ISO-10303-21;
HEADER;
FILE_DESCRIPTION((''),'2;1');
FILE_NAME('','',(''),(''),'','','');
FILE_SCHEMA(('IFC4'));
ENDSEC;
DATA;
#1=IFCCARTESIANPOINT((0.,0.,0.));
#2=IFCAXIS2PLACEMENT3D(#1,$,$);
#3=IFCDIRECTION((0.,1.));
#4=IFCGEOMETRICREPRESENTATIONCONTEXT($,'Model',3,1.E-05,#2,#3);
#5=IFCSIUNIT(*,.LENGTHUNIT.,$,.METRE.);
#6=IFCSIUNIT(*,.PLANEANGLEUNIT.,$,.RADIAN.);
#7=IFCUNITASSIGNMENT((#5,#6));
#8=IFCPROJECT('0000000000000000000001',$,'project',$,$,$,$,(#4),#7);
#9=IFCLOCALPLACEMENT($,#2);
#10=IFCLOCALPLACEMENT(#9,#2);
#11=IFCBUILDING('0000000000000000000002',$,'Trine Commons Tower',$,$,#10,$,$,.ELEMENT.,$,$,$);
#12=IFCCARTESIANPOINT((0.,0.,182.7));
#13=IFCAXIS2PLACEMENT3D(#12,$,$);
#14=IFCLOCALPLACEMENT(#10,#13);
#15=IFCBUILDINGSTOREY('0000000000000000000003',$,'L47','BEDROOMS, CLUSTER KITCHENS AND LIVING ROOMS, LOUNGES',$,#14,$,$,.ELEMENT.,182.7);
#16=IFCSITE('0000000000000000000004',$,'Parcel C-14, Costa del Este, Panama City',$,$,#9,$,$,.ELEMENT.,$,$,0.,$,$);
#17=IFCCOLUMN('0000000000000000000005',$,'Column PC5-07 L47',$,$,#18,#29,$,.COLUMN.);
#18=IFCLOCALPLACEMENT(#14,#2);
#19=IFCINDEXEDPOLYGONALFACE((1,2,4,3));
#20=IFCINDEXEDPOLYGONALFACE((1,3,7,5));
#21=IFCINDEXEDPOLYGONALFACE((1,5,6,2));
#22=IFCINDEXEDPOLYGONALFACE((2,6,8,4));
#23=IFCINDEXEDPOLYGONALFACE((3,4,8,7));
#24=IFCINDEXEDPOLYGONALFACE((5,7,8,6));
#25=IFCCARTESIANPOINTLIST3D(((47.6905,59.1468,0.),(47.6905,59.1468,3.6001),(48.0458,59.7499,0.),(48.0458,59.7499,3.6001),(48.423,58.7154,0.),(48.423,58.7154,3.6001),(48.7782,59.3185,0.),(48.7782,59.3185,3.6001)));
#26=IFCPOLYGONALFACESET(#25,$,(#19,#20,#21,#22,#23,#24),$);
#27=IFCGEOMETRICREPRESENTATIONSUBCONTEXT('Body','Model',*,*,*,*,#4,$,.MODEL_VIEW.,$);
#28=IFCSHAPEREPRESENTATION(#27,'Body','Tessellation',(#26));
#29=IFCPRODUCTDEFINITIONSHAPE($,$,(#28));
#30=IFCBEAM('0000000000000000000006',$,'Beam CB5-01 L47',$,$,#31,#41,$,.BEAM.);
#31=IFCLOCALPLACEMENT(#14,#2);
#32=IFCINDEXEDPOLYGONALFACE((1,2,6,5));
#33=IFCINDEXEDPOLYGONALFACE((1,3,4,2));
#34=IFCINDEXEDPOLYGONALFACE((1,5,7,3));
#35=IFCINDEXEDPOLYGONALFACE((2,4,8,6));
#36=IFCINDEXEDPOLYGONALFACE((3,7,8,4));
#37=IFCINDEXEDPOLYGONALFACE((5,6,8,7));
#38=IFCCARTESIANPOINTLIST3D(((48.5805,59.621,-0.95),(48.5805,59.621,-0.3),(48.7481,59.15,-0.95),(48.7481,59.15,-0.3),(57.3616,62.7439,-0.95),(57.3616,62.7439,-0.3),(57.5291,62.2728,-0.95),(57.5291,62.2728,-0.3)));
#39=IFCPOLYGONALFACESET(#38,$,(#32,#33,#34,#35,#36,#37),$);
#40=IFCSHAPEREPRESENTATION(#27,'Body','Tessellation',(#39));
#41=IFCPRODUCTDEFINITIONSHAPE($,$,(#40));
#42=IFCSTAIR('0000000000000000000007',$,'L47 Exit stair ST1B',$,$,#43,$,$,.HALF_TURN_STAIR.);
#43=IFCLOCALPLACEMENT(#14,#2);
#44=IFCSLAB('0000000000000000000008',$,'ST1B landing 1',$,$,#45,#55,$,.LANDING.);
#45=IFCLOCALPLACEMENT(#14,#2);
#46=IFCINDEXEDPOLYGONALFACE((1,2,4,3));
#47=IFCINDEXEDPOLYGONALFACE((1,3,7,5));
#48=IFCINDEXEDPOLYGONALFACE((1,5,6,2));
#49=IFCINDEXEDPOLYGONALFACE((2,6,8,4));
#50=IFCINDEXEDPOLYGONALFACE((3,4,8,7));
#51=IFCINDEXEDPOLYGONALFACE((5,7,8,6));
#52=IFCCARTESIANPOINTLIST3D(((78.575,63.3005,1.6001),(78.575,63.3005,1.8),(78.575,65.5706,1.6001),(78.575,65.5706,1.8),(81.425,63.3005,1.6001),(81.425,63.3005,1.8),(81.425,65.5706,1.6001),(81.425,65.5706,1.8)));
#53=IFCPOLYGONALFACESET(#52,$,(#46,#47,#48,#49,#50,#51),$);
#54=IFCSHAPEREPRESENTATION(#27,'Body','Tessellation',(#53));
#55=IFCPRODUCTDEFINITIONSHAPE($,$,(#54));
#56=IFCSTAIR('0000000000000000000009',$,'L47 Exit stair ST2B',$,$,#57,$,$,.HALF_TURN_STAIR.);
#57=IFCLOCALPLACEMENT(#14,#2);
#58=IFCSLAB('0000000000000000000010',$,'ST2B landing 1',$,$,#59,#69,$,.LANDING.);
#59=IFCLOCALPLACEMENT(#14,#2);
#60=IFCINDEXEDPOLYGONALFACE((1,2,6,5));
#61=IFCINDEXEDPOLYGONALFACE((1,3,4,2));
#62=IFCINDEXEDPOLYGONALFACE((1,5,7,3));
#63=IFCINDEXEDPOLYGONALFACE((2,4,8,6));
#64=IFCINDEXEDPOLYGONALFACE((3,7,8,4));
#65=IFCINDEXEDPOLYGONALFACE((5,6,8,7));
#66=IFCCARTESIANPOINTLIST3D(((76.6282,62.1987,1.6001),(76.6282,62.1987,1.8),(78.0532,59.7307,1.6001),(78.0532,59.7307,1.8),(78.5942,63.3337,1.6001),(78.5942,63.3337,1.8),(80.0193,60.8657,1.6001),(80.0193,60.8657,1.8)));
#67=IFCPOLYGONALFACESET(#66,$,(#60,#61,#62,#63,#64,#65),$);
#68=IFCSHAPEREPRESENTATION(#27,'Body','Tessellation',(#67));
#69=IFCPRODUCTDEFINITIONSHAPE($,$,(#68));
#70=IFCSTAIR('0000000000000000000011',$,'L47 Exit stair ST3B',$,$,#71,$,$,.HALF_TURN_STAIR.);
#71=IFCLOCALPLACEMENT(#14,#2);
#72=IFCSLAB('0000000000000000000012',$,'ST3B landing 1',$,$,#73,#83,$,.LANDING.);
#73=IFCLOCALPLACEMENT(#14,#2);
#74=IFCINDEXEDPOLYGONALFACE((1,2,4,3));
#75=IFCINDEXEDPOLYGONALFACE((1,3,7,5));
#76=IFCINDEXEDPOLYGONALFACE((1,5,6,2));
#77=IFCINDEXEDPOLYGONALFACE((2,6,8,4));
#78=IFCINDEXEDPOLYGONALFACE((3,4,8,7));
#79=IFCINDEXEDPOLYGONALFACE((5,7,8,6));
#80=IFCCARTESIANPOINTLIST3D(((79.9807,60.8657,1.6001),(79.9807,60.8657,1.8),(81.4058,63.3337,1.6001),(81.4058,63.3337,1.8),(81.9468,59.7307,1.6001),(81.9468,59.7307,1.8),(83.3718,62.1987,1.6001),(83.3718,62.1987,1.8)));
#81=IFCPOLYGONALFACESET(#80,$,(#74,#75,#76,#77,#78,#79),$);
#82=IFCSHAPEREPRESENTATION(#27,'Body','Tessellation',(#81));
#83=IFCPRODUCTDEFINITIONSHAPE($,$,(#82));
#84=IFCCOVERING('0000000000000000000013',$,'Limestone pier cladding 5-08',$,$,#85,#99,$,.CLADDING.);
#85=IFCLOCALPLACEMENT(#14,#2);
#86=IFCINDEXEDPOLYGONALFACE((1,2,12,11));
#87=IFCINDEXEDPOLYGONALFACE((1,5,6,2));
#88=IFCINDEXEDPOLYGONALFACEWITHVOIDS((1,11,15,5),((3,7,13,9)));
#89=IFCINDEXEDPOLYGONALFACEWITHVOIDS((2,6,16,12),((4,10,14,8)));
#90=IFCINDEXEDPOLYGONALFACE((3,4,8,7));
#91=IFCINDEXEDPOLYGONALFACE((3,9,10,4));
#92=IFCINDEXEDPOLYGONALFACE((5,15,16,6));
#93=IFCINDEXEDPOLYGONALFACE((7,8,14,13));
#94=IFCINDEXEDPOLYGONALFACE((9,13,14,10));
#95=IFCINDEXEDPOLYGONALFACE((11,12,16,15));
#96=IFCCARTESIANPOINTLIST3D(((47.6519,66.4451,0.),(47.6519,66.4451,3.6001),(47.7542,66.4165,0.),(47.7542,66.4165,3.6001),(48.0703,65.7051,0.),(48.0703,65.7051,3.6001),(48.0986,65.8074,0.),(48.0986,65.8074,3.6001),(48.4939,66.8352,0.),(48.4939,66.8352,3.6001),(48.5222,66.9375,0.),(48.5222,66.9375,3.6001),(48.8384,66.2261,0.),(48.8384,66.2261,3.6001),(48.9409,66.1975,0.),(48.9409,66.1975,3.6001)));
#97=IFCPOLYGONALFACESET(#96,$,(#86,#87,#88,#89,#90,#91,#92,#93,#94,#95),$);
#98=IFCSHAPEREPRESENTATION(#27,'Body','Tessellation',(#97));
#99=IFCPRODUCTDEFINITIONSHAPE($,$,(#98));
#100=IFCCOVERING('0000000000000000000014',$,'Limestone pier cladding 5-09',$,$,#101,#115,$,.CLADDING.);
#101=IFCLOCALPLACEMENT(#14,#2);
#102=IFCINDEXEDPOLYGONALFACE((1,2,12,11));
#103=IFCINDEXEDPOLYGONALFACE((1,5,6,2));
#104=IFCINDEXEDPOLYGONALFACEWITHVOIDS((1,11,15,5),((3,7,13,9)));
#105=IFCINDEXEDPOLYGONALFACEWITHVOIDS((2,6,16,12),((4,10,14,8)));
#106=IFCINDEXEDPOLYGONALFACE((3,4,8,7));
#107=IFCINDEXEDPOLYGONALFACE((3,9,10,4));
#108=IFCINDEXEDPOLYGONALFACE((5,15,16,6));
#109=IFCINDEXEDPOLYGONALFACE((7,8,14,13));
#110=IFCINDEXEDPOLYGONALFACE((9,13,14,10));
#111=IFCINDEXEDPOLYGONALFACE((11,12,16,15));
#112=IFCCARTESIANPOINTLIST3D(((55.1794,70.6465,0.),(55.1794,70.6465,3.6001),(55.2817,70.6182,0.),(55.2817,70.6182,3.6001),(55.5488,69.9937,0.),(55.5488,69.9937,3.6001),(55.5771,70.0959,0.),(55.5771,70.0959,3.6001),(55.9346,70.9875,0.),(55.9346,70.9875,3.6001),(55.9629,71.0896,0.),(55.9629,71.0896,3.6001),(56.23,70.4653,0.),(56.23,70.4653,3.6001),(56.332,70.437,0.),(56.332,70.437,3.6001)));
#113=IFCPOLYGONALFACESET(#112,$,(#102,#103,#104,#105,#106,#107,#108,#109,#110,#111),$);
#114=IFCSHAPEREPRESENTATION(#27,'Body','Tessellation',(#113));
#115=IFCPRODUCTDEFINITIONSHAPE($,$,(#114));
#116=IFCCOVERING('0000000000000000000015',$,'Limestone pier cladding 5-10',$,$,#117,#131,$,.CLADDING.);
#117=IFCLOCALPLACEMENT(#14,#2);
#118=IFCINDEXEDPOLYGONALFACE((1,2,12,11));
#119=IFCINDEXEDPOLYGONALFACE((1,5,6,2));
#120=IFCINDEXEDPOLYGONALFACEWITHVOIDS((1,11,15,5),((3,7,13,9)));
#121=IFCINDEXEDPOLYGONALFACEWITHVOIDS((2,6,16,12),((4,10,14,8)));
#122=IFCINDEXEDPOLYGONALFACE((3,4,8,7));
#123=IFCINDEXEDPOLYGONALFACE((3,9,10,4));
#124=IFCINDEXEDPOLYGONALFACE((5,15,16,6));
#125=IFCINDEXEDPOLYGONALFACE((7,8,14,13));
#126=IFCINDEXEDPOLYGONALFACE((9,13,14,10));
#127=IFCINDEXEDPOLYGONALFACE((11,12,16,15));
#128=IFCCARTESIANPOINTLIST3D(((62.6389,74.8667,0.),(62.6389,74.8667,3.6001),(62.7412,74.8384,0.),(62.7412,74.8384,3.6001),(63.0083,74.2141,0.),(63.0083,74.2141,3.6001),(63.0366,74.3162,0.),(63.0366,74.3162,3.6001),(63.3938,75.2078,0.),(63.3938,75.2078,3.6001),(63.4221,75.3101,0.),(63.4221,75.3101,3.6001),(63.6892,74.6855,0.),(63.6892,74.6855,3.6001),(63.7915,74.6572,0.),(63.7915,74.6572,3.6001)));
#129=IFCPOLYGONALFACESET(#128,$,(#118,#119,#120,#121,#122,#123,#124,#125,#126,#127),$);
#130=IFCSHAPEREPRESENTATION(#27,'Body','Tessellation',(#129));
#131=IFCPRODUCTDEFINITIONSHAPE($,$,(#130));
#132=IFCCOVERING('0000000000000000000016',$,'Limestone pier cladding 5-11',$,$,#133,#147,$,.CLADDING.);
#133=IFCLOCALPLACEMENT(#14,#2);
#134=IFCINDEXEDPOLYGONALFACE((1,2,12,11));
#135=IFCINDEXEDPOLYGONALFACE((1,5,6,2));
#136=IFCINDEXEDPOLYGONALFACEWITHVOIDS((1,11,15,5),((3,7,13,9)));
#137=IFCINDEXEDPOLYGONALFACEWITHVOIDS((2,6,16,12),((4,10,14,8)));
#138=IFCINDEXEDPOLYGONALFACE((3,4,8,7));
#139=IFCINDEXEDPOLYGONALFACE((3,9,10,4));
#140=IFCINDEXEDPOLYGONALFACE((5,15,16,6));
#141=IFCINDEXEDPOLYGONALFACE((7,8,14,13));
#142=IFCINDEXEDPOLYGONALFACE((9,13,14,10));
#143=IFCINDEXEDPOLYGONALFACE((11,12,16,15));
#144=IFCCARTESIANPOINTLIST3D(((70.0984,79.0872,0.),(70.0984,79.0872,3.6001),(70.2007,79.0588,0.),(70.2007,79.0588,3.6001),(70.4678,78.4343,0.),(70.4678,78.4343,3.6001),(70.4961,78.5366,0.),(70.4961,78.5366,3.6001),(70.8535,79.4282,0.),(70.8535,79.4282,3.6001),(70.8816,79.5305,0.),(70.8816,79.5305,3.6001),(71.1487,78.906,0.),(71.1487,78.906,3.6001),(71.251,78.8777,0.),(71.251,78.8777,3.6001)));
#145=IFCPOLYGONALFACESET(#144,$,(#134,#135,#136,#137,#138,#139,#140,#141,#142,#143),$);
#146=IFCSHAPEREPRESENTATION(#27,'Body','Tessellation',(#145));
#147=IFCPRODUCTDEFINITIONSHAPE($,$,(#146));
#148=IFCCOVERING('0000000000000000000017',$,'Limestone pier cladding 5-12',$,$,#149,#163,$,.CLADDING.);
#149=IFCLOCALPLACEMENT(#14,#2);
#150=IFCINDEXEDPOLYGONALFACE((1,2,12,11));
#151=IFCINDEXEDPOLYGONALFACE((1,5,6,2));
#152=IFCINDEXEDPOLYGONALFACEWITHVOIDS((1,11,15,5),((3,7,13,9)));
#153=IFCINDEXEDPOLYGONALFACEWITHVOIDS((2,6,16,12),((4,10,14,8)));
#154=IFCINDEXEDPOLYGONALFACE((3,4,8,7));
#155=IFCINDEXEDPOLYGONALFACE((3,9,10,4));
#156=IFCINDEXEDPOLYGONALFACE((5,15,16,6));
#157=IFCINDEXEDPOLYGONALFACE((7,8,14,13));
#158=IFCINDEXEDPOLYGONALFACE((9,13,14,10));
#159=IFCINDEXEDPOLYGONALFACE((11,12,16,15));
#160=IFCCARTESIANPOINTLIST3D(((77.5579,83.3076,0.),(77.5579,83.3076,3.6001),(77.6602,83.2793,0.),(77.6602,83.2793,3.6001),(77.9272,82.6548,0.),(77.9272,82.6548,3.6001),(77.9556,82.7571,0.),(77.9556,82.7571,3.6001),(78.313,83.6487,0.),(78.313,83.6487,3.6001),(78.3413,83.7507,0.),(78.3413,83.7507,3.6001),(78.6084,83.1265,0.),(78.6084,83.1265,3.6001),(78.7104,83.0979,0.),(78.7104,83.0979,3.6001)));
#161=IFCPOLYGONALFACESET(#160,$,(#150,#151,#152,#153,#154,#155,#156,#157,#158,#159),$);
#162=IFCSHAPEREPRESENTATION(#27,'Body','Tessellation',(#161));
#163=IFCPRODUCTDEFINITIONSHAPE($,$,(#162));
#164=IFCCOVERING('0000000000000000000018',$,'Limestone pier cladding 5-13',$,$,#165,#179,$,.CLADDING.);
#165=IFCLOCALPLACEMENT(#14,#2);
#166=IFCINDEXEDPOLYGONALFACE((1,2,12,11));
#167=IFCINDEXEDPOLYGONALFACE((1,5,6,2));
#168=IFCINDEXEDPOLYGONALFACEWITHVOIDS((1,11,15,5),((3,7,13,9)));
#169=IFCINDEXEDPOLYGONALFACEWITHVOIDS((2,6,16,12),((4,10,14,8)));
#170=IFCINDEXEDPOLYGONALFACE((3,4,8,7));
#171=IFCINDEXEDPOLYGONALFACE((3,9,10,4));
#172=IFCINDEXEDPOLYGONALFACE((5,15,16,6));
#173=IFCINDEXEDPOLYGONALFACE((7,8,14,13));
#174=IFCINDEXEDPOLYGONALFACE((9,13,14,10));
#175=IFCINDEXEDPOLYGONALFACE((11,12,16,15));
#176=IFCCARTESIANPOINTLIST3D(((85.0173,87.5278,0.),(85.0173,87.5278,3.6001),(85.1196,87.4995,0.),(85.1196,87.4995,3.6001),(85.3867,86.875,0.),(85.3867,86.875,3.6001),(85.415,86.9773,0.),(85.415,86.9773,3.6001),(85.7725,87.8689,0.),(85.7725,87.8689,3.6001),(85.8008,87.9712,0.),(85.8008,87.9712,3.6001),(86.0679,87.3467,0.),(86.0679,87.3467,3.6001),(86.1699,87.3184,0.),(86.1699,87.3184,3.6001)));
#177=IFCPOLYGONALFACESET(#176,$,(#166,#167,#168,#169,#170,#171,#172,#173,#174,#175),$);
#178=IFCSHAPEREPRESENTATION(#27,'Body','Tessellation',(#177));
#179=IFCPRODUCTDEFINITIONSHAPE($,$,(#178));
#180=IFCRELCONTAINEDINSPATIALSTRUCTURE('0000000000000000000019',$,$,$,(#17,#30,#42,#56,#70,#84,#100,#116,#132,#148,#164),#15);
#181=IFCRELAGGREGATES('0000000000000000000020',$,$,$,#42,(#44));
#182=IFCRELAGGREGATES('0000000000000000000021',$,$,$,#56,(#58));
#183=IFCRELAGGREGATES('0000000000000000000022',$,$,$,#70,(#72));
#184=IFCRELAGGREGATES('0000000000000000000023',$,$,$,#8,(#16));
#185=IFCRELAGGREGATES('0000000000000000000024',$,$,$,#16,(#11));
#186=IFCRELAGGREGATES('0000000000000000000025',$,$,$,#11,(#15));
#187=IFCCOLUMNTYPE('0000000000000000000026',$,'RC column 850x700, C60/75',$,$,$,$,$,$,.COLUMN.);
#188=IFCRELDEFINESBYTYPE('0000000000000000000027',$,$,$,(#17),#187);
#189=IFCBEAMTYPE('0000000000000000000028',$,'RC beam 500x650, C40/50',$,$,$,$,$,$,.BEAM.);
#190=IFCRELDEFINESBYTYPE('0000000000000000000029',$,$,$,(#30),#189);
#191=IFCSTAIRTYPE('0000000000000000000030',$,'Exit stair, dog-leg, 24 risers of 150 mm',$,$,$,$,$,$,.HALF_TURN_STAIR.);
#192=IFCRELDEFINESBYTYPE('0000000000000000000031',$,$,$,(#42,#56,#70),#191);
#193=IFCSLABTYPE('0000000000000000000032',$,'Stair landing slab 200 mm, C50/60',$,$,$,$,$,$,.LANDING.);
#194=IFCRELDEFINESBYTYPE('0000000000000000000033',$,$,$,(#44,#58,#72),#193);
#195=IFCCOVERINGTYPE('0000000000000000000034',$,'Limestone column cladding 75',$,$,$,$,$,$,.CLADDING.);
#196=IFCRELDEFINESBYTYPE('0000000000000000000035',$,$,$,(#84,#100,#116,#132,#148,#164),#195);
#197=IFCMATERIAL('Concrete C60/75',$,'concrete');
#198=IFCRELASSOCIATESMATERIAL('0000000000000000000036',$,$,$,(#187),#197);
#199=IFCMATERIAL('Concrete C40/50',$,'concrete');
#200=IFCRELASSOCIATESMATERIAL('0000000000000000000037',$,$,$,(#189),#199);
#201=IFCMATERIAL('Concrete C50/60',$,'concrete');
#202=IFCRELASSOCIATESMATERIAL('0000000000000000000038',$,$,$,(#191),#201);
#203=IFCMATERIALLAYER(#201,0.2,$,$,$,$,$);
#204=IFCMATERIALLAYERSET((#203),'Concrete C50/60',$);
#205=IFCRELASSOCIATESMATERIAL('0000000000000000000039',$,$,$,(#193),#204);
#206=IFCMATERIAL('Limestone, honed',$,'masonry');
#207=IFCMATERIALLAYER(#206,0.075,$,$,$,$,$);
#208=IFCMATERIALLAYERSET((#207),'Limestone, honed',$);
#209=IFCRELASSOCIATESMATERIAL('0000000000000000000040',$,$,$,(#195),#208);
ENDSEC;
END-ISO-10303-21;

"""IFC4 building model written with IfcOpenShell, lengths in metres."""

from ifc_helpers import new_model, si_unit, direction, frame, origin, origin_2d, place, context, subcontext, project, spatial, polyline, rectangle, outline, extrude, material, layer, layer_set, material_profile, profile_set, type_object, element, aggregate, save


model = new_model("IFC4")

# Units and contexts
model_context = context("Model", 3, precision=1e-05, world=origin(), true_north=direction((0.0, 1.0)))
body_context = subcontext(model_context, "Body", "Model", "MODEL_VIEW")
ifc_project = project(units=[si_unit("LENGTHUNIT", "METRE"), si_unit("PLANEANGLEUNIT", "RADIAN")], contexts=[model_context])

# Site, building, storey
site_placement = place(None, origin())
site = spatial("IfcSite", under=ifc_project, at=site_placement, Name="Parcel C-14, Costa del Este, Panama City", CompositionType="ELEMENT", RefElevation=0.0)
building_placement = place(site_placement, origin())
building = spatial("IfcBuilding", under=site, at=building_placement, Name="Trine Commons Tower", CompositionType="ELEMENT")
storey_placement = place(building_placement, frame((0.0, 0.0, 182.7)))
storey = spatial("IfcBuildingStorey", under=building, at=storey_placement, Name="L47", Description="BEDROOMS, CLUSTER KITCHENS AND LIVING ROOMS, LOUNGES", CompositionType="ELEMENT", Elevation=182.7)

# Column
ifc_material_1 = material(Name="Concrete C60/75", Category="concrete")
ifc_material_profile_1 = material_profile(ifc_material_1, rectangle(XDim=0.8501, YDim=0.7, at=origin_2d()), Name="RC 850x700")
ifc_profile_set_1 = profile_set([ifc_material_profile_1], Name="Concrete C60/75")
column_type = type_object("IfcColumnType", Name="RC column 850x700, C60/75", PredefinedType="COLUMN", material=ifc_profile_set_1)
column_placement = place(storey_placement, frame((48.2344, 59.2327, 0.0), z_axis=(0.0, 0.0, 1.0), x_axis=(-0.861629, 0.507538, 0.0)))
element("IfcColumn", 1, at=column_placement, inside=storey, type_object=column_type, Name="Column PC5-07 L47", PredefinedType="COLUMN", context=body_context, shape_type="SweptSolid", body=[
    extrude(rectangle(XDim=0.8501, YDim=0.7, at=origin_2d()), origin(), (0.0, 0.0, 1.0), 3.6001),
])

# Beam
ifc_material_2 = material(Name="Concrete C40/50", Category="concrete")
ifc_material_profile_2 = material_profile(ifc_material_2, rectangle(XDim=0.5, YDim=0.6499, at=origin_2d()), Name="RC 500x650")
ifc_profile_set_2 = profile_set([ifc_material_profile_2], Name="Concrete C40/50")
beam_type = type_object("IfcBeamType", Name="RC beam 500x650, C40/50", PredefinedType="BEAM", material=ifc_profile_set_2)
beam_placement = place(storey_placement, frame((48.6643, 59.3855, -0.625), z_axis=(0.942192, 0.335073, 0.0), x_axis=(-0.335073, 0.942192, 0.0)))
element("IfcBeam", 2, at=beam_placement, inside=storey, type_object=beam_type, Name="Beam CB5-01 L47", PredefinedType="BEAM", context=body_context, shape_type="SweptSolid", body=[
    extrude(rectangle(XDim=0.5, YDim=0.6499, at=origin_2d()), origin(), (0.0, 0.0, 1.0), 9.3198),
])

# Stairs, slabs
ifc_material_3 = material(Name="Concrete C50/60", Category="concrete")
stair_type = type_object("IfcStairType", Name="Exit stair, dog-leg, 24 risers of 150 mm", PredefinedType="HALF_TURN_STAIR", material=ifc_material_3)
stair_1_placement = place(storey_placement, origin())
stair_1 = element("IfcStair", 3, at=stair_1_placement, inside=storey, type_object=stair_type, Name="L47 Exit stair ST1B", PredefinedType="HALF_TURN_STAIR")
ifc_layer_1 = layer(ifc_material_3, 0.2)
ifc_layer_set_1 = layer_set([ifc_layer_1], Name="Concrete C50/60")
slab_type = type_object("IfcSlabType", Name="Stair landing slab 200 mm, C50/60", PredefinedType="LANDING", material=ifc_layer_set_1)
slab_1_placement = place(storey_placement, frame((0.0, 0.0, 1.6001)))
slab_1 = element("IfcSlab", 4, at=slab_1_placement, type_object=slab_type, Name="ST1B landing 1", PredefinedType="LANDING", context=body_context, shape_type="SweptSolid", body=[
    extrude(outline(polyline([(78.575, 65.5706), (78.575, 63.3005), (81.425, 63.3005), (81.425, 65.5706), (78.575, 65.5706)])), origin(), (0.0, 0.0, 1.0), 0.2),
])
aggregate(stair_1, [slab_1])
stair_2_placement = place(storey_placement, origin())
stair_2 = element("IfcStair", 5, at=stair_2_placement, inside=storey, type_object=stair_type, Name="L47 Exit stair ST2B", PredefinedType="HALF_TURN_STAIR")
slab_2_placement = place(storey_placement, frame((0.0, 0.0, 1.6001)))
slab_2 = element("IfcSlab", 6, at=slab_2_placement, type_object=slab_type, Name="ST2B landing 1", PredefinedType="LANDING", context=body_context, shape_type="SweptSolid", body=[
    extrude(outline(polyline([(78.0532, 59.7307), (80.0193, 60.8657), (78.5942, 63.3337), (76.6282, 62.1987), (78.0532, 59.7307)])), origin(), (0.0, 0.0, 1.0), 0.2),
])
aggregate(stair_2, [slab_2])
stair_3_placement = place(storey_placement, origin())
stair_3 = element("IfcStair", 7, at=stair_3_placement, inside=storey, type_object=stair_type, Name="L47 Exit stair ST3B", PredefinedType="HALF_TURN_STAIR")
slab_3_placement = place(storey_placement, frame((0.0, 0.0, 1.6001)))
slab_3 = element("IfcSlab", 8, at=slab_3_placement, type_object=slab_type, Name="ST3B landing 1", PredefinedType="LANDING", context=body_context, shape_type="SweptSolid", body=[
    extrude(outline(polyline([(83.3718, 62.1987), (81.4058, 63.3337), (79.9807, 60.8657), (81.9468, 59.7307), (83.3718, 62.1987)])), origin(), (0.0, 0.0, 1.0), 0.2),
])
aggregate(stair_3, [slab_3])

# Coverings
ifc_material_4 = material(Name="Limestone, honed", Category="masonry")
ifc_layer_2 = layer(ifc_material_4, 0.075)
ifc_layer_set_2 = layer_set([ifc_layer_2], Name="Limestone, honed")
covering_type_1 = type_object("IfcCoveringType", Name="Limestone column cladding 75", PredefinedType="CLADDING", material=ifc_layer_set_2)
covering_1_placement = place(storey_placement, origin())
element("IfcCovering", 9, at=covering_1_placement, inside=storey, type_object=covering_type_1, Name="Limestone pier cladding 5-08", PredefinedType="CLADDING", context=body_context, shape_type="SweptSolid", body=[
    extrude(outline(polyline([(48.9409, 66.1975), (48.5222, 66.9375), (47.6519, 66.4451), (48.0703, 65.7051), (48.9409, 66.1975)]), holes=[polyline([(48.8384, 66.2261), (48.4939, 66.8352), (47.7542, 66.4165), (48.0986, 65.8074), (48.8384, 66.2261)])]), origin(), (0.0, 0.0, 1.0), 3.6001),
])
covering_2_placement = place(storey_placement, origin())
element("IfcCovering", 10, at=covering_2_placement, inside=storey, type_object=covering_type_1, Name="Limestone pier cladding 5-09", PredefinedType="CLADDING", context=body_context, shape_type="SweptSolid", body=[
    extrude(outline(polyline([(56.332, 70.437), (55.9629, 71.0896), (55.1794, 70.6465), (55.5488, 69.9937), (56.332, 70.437)]), holes=[polyline([(56.23, 70.4653), (55.9346, 70.9875), (55.2817, 70.6182), (55.5771, 70.0959), (56.23, 70.4653)])]), origin(), (0.0, 0.0, 1.0), 3.6001),
])
covering_3_placement = place(storey_placement, origin())
element("IfcCovering", 11, at=covering_3_placement, inside=storey, type_object=covering_type_1, Name="Limestone pier cladding 5-10", PredefinedType="CLADDING", context=body_context, shape_type="SweptSolid", body=[
    extrude(outline(polyline([(63.7915, 74.6572), (63.4221, 75.3101), (62.6389, 74.8667), (63.0083, 74.2141), (63.7915, 74.6572)]), holes=[polyline([(63.6892, 74.6855), (63.3938, 75.2078), (62.7412, 74.8384), (63.0366, 74.3162), (63.6892, 74.6855)])]), origin(), (0.0, 0.0, 1.0), 3.6001),
])
covering_4_placement = place(storey_placement, origin())
element("IfcCovering", 12, at=covering_4_placement, inside=storey, type_object=covering_type_1, Name="Limestone pier cladding 5-11", PredefinedType="CLADDING", context=body_context, shape_type="SweptSolid", body=[
    extrude(outline(polyline([(71.251, 78.8777), (70.8816, 79.5305), (70.0984, 79.0872), (70.4678, 78.4343), (71.251, 78.8777)]), holes=[polyline([(71.1487, 78.906), (70.8535, 79.4282), (70.2007, 79.0588), (70.4961, 78.5366), (71.1487, 78.906)])]), origin(), (0.0, 0.0, 1.0), 3.6001),
])
covering_5_placement = place(storey_placement, origin())
element("IfcCovering", 13, at=covering_5_placement, inside=storey, type_object=covering_type_1, Name="Limestone pier cladding 5-12", PredefinedType="CLADDING", context=body_context, shape_type="SweptSolid", body=[
    extrude(outline(polyline([(78.7104, 83.0979), (78.3413, 83.7507), (77.5579, 83.3076), (77.9272, 82.6548), (78.7104, 83.0979)]), holes=[polyline([(78.6084, 83.1265), (78.313, 83.6487), (77.6602, 83.2793), (77.9556, 82.7571), (78.6084, 83.1265)])]), origin(), (0.0, 0.0, 1.0), 3.6001),
])
covering_6_placement = place(storey_placement, origin())
element("IfcCovering", 14, at=covering_6_placement, inside=storey, type_object=covering_type_1, Name="Limestone pier cladding 5-13", PredefinedType="CLADDING", context=body_context, shape_type="SweptSolid", body=[
    extrude(outline(polyline([(86.1699, 87.3184), (85.8008, 87.9712), (85.0173, 87.5278), (85.3867, 86.875), (86.1699, 87.3184)]), holes=[polyline([(86.0679, 87.3467), (85.7725, 87.8689), (85.1196, 87.4995), (85.415, 86.9773), (86.0679, 87.3467)])]), origin(), (0.0, 0.0, 1.0), 3.6001),
])

save(model, "model.ifc")
